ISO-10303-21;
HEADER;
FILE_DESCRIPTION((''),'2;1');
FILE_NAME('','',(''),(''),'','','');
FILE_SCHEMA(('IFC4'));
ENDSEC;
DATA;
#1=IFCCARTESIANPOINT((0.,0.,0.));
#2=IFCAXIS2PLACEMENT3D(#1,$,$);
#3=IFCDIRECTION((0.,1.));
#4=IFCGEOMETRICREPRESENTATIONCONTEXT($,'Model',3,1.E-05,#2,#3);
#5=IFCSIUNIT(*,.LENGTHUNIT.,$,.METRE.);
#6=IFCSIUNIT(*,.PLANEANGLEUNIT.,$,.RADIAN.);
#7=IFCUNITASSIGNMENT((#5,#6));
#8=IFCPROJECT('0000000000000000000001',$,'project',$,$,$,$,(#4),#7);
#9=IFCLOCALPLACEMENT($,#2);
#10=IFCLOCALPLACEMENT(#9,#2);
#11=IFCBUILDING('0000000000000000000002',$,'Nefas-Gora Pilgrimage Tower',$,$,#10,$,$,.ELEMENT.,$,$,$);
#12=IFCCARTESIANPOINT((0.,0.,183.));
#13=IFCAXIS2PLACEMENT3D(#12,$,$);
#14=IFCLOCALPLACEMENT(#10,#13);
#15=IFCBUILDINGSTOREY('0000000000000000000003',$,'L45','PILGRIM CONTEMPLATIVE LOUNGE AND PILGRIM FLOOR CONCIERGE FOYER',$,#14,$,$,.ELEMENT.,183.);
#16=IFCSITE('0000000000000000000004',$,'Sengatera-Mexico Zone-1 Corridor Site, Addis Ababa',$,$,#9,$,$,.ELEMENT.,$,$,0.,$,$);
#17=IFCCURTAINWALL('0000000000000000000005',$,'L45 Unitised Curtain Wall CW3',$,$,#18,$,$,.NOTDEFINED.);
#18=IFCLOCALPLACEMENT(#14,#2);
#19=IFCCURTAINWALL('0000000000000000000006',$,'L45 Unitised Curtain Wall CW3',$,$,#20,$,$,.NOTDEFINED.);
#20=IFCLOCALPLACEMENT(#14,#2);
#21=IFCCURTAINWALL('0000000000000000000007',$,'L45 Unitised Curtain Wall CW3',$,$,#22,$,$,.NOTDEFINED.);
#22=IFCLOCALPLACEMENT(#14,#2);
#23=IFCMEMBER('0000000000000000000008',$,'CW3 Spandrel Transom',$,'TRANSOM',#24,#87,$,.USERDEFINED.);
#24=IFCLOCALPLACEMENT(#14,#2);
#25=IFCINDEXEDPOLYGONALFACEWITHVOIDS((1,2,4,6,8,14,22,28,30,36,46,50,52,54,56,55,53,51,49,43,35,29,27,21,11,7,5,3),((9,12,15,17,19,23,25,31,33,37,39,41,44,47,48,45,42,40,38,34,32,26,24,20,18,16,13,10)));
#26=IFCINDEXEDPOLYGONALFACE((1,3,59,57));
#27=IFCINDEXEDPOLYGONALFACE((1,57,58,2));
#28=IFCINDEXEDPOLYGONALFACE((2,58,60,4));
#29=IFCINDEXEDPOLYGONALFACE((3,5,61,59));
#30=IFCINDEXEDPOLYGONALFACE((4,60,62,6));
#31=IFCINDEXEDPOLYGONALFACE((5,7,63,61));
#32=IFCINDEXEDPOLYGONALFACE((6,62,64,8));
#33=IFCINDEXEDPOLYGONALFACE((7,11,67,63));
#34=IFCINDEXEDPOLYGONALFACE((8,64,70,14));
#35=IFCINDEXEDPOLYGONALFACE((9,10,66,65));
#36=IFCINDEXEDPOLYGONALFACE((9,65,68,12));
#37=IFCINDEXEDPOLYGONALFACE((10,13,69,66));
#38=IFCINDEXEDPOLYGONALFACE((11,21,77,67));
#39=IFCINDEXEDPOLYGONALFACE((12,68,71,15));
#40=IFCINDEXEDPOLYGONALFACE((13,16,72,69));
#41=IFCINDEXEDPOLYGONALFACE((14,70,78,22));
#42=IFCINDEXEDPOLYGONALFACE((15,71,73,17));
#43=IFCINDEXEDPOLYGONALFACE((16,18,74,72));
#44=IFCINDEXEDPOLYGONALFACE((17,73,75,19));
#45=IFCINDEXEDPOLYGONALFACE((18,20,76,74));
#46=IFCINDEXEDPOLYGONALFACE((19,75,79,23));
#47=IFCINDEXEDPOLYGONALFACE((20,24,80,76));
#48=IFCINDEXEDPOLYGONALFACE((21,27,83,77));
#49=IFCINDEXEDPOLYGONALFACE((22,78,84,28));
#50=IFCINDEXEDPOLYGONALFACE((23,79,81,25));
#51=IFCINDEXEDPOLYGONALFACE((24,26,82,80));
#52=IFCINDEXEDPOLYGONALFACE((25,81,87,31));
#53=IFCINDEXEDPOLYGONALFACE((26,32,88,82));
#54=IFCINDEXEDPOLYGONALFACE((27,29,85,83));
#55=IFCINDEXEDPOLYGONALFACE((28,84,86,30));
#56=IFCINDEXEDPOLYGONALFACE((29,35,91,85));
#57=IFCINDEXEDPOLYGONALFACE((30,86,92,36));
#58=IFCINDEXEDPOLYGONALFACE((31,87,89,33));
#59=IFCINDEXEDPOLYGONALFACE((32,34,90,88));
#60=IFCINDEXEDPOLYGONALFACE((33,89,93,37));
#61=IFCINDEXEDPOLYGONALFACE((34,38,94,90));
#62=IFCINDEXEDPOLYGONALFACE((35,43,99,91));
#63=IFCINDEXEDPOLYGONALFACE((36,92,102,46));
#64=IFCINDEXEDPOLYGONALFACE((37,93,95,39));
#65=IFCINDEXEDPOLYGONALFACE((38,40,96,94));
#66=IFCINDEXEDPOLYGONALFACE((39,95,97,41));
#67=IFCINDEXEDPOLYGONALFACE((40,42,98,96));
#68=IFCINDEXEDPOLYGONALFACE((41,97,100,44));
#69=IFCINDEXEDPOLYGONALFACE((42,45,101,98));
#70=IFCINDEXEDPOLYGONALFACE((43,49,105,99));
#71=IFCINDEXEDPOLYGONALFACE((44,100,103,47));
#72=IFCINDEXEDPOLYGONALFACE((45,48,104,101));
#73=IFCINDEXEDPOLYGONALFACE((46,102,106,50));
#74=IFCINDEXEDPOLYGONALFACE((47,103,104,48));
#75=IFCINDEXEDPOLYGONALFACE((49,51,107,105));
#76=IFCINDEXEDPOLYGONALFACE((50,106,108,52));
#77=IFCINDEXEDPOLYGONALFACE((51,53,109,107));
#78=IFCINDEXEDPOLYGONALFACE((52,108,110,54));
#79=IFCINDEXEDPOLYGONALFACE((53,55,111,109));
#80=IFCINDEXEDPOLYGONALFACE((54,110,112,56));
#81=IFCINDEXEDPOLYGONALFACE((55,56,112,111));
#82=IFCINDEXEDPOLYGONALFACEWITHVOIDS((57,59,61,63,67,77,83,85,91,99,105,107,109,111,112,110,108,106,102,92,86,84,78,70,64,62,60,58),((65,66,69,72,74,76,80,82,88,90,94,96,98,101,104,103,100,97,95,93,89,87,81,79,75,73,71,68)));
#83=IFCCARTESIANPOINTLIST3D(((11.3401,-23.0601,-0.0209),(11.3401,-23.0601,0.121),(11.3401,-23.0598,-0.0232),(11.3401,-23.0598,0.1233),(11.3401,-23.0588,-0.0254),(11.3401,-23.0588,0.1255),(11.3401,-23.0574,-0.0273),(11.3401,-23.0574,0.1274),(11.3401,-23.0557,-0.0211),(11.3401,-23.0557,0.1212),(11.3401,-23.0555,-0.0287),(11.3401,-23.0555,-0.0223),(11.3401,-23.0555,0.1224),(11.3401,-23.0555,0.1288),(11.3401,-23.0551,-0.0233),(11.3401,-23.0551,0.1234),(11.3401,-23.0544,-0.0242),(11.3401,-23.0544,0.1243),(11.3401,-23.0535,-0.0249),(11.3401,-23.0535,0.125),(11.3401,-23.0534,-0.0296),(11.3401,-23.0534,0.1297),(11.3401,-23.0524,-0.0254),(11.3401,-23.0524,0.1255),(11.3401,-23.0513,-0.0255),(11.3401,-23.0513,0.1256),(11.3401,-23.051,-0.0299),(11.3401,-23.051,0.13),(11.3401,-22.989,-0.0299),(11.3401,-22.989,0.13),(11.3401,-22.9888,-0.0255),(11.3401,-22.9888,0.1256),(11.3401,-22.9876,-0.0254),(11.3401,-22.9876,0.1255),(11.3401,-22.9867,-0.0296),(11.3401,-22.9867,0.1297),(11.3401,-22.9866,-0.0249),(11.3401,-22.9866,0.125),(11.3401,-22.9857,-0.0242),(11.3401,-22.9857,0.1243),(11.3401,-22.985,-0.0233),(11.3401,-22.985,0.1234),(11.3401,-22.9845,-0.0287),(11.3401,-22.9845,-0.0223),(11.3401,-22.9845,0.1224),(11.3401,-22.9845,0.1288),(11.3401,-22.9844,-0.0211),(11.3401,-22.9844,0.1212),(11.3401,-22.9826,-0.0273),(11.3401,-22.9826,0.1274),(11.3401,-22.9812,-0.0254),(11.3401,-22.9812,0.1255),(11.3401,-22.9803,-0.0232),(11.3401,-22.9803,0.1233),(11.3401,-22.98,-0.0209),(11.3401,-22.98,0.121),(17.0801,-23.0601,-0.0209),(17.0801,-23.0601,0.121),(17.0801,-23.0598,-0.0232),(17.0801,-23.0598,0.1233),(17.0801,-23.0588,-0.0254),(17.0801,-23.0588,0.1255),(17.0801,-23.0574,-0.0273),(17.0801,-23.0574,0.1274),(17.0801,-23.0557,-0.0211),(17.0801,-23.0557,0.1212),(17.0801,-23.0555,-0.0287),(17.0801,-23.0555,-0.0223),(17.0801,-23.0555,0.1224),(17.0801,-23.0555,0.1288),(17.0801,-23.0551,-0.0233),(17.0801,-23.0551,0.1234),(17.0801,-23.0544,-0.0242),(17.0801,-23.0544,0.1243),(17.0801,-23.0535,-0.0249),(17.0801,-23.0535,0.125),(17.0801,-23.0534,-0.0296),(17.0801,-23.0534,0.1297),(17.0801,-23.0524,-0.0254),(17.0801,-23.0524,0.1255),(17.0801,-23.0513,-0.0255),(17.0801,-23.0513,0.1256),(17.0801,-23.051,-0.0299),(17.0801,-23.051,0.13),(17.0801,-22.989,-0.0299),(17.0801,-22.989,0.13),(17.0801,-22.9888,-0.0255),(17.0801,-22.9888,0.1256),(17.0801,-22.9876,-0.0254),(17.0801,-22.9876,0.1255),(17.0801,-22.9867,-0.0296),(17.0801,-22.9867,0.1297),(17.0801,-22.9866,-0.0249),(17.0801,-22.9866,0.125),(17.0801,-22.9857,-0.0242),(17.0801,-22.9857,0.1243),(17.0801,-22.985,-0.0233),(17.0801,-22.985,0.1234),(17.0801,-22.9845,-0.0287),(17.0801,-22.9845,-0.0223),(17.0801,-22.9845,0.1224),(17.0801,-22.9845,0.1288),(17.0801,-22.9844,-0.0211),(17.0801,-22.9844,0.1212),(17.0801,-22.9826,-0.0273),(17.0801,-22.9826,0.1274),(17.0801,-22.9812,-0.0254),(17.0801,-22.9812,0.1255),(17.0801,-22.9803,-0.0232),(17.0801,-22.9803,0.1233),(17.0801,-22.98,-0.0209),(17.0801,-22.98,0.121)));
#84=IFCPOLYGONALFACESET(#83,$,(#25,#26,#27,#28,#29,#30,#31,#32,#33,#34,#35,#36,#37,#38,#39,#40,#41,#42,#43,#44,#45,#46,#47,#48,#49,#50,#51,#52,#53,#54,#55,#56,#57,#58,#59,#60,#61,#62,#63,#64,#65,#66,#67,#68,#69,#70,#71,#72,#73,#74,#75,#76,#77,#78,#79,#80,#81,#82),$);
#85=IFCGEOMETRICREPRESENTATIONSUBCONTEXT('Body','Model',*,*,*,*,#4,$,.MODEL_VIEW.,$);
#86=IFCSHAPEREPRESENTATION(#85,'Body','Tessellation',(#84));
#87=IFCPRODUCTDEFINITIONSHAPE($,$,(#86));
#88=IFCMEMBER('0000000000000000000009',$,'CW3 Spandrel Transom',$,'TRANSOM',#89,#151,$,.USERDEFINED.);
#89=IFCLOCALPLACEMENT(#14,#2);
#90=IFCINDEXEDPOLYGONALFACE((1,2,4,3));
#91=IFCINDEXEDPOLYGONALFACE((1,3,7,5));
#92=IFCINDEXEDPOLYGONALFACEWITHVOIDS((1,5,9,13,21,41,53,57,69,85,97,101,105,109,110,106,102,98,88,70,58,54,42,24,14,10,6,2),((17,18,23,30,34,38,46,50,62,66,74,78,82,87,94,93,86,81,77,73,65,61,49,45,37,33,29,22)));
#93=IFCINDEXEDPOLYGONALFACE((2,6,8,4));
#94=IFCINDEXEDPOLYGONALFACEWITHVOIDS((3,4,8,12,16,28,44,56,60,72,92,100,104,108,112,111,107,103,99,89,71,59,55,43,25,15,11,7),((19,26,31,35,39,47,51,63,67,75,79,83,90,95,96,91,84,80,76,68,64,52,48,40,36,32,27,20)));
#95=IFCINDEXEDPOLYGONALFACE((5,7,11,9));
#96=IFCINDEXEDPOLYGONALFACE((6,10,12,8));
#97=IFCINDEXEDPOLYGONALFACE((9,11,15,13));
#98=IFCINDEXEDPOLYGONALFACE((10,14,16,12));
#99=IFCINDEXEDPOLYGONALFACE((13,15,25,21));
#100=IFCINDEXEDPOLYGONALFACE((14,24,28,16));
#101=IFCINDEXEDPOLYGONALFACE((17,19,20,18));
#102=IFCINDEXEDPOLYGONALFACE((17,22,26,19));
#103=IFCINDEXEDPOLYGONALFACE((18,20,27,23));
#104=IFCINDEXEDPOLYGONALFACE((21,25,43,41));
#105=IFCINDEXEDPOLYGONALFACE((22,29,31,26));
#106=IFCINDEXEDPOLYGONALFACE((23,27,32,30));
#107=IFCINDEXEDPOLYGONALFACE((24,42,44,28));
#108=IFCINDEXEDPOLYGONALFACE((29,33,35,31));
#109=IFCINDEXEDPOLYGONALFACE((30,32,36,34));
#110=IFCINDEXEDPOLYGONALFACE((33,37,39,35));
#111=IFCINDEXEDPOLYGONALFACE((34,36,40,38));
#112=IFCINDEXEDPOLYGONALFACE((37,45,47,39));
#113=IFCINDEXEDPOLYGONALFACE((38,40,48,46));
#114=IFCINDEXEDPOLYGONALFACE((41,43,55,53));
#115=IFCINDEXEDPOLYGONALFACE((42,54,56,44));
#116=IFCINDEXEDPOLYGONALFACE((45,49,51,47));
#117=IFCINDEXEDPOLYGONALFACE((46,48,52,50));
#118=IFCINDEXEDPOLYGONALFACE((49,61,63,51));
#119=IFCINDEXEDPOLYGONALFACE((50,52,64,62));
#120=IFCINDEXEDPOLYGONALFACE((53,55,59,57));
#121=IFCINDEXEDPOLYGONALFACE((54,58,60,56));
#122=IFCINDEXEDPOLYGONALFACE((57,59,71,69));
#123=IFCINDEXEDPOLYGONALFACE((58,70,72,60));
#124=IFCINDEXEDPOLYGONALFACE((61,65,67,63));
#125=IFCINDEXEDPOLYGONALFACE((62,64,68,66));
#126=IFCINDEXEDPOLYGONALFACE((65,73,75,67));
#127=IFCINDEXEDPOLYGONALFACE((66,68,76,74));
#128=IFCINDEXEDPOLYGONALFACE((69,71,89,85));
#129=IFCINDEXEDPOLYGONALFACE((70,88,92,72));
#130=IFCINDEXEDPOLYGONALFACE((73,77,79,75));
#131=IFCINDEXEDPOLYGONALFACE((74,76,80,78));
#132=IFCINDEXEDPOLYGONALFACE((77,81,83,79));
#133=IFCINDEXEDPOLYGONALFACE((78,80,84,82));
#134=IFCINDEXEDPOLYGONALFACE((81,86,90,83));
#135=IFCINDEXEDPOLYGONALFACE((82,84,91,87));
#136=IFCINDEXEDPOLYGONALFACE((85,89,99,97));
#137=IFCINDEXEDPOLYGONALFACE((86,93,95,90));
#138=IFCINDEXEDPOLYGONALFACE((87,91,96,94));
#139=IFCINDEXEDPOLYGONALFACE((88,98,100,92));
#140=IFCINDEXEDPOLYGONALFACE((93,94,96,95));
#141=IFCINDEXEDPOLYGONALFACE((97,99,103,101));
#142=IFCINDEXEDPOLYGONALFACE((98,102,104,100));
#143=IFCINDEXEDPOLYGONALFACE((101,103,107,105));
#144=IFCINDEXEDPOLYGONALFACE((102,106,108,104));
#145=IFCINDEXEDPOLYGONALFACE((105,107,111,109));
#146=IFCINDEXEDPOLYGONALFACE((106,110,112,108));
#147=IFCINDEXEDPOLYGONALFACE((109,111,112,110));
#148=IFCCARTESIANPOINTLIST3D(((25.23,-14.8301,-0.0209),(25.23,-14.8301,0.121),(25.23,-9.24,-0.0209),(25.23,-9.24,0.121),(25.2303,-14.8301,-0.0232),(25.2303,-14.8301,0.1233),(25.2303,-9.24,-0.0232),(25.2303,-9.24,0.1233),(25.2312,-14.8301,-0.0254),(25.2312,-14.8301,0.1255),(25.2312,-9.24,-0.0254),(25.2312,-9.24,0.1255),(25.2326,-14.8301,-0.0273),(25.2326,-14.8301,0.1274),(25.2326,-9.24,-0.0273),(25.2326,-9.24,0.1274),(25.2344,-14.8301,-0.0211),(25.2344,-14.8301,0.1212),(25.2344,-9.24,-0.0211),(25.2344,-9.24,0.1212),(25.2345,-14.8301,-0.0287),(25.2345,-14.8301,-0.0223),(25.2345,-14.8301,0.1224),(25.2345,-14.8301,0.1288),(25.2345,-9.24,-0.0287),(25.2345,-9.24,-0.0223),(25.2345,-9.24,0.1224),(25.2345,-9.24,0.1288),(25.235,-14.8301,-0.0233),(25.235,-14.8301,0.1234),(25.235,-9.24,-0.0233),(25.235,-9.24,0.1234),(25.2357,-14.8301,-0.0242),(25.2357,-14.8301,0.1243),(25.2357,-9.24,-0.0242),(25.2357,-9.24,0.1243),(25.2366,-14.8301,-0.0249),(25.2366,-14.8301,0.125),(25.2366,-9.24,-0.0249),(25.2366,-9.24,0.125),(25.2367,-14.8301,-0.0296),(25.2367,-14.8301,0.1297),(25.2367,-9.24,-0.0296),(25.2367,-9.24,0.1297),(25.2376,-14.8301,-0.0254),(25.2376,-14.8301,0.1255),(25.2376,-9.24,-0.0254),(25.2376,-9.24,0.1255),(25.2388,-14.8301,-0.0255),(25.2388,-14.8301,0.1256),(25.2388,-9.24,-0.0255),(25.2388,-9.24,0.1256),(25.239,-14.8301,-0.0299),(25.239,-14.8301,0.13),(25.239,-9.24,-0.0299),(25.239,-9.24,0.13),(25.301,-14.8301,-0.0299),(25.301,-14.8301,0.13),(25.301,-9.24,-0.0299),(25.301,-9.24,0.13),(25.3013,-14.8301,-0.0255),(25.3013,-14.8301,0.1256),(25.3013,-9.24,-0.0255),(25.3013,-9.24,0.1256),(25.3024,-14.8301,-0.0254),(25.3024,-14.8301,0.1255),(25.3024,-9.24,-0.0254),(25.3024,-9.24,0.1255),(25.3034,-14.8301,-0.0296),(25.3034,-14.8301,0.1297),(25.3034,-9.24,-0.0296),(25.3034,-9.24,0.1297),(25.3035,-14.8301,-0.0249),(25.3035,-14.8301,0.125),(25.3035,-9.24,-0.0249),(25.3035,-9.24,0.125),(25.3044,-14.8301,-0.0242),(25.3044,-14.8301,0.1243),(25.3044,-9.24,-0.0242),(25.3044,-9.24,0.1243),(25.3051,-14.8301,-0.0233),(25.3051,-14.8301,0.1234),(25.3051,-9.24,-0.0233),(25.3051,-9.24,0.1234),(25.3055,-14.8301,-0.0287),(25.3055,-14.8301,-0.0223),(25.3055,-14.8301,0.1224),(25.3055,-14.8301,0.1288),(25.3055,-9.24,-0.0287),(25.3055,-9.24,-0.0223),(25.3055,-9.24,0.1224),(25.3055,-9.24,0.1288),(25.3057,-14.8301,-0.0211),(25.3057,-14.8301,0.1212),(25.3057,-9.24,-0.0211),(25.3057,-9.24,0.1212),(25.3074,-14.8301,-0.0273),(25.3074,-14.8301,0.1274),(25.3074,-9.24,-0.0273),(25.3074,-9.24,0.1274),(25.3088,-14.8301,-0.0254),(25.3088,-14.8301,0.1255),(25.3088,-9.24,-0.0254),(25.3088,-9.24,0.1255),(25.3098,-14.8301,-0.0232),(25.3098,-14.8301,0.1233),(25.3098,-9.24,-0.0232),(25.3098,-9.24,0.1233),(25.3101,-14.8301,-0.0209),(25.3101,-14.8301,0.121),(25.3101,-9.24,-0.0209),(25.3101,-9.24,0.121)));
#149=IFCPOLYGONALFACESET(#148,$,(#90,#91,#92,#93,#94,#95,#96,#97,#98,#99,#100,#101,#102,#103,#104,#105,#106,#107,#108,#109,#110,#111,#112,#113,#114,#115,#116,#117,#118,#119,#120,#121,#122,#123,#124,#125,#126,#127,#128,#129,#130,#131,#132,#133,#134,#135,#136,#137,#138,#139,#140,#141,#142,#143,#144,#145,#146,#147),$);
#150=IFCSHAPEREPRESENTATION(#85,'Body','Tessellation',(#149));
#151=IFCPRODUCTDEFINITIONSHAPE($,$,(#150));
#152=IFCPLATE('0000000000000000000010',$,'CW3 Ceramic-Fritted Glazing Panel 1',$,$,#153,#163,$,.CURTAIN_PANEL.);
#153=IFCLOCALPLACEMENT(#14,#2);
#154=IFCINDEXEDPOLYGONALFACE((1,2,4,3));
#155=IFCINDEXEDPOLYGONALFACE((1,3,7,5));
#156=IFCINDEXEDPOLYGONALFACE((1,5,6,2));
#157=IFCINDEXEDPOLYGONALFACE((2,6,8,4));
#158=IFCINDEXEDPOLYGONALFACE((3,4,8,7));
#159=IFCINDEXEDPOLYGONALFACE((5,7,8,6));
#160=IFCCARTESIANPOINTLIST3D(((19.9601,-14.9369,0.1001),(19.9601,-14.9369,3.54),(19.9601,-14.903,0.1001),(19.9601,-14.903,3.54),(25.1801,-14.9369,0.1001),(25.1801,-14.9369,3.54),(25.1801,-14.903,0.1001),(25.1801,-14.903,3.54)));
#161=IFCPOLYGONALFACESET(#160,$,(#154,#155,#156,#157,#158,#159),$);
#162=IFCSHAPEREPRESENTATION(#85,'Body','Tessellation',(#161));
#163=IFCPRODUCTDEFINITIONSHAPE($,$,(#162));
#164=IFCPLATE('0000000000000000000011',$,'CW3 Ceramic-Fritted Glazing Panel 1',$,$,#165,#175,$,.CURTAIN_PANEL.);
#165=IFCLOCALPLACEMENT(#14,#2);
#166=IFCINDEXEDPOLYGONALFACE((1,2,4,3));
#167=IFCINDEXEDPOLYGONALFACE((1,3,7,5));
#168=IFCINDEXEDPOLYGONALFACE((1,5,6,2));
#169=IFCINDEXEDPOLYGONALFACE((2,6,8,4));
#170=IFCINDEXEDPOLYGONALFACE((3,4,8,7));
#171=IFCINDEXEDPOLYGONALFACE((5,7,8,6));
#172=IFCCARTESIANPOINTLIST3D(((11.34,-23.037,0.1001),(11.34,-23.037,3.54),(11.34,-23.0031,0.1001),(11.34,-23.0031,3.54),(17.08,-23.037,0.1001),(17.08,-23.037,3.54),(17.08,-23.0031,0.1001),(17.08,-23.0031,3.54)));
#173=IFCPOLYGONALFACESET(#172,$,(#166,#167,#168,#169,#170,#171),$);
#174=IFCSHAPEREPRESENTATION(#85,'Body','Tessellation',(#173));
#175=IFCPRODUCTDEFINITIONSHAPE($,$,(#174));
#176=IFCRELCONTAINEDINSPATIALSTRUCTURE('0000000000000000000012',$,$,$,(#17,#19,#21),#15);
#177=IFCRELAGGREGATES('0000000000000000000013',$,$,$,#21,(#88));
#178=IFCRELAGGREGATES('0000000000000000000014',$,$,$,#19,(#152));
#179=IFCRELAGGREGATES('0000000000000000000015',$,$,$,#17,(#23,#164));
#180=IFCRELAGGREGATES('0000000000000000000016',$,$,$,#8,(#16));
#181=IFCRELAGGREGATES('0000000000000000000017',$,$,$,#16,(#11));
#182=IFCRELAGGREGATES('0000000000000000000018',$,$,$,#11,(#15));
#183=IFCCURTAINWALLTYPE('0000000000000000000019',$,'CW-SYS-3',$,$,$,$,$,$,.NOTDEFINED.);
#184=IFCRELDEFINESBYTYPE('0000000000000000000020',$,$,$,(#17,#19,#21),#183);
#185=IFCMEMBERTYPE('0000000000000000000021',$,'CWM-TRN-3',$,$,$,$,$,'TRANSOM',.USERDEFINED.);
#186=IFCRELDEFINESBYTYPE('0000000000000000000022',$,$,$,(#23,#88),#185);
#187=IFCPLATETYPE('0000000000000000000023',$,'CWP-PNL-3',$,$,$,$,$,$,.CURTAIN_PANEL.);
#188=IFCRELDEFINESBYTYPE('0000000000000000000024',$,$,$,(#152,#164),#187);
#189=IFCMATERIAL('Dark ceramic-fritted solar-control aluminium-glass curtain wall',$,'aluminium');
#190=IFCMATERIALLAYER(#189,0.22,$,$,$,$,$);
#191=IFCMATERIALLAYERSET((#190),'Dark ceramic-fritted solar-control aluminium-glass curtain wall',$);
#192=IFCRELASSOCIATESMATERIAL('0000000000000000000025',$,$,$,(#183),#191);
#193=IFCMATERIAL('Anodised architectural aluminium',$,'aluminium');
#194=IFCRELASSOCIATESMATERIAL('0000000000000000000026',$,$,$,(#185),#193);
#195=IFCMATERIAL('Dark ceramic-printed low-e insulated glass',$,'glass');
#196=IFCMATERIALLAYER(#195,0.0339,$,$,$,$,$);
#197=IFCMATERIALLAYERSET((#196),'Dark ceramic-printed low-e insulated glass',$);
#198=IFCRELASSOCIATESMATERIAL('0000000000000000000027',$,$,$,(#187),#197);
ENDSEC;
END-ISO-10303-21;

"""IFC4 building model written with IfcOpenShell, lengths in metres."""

from ifc_helpers import new_model, si_unit, direction, frame, origin, origin_2d, place, context, subcontext, project, spatial, rectangle, hollow_rectangle, extrude, source, transform, mapped, material, layer, layer_set, material_profile, profile_set, type_object, element, aggregate, save


model = new_model("IFC4")

# Units and contexts
model_context = context("Model", 3, precision=1e-05, world=origin(), true_north=direction((0.0, 1.0)))
body_context = subcontext(model_context, "Body", "Model", "MODEL_VIEW")
ifc_project = project(units=[si_unit("LENGTHUNIT", "METRE"), si_unit("PLANEANGLEUNIT", "RADIAN")], contexts=[model_context])

# Site, building, storey
site_placement = place(None, origin())
site = spatial("IfcSite", under=ifc_project, at=site_placement, Name="Sengatera-Mexico Zone-1 Corridor Site, Addis Ababa", CompositionType="ELEMENT", RefElevation=0.0)
building_placement = place(site_placement, origin())
building = spatial("IfcBuilding", under=site, at=building_placement, Name="Nefas-Gora Pilgrimage Tower", CompositionType="ELEMENT")
storey_placement = place(building_placement, frame((0.0, 0.0, 183.0)))
storey = spatial("IfcBuildingStorey", under=building, at=storey_placement, Name="L45", Description="PILGRIM CONTEMPLATIVE LOUNGE AND PILGRIM FLOOR CONCIERGE FOYER", CompositionType="ELEMENT", Elevation=183.0)

# Curtain walls
ifc_material_1 = material(Name="Dark ceramic-fritted solar-control aluminium-glass curtain wall", Category="aluminium")
ifc_layer_1 = layer(ifc_material_1, 0.22)
ifc_layer_set_1 = layer_set([ifc_layer_1], Name="Dark ceramic-fritted solar-control aluminium-glass curtain wall")
curtain_wall_type = type_object("IfcCurtainWallType", Name="CW-SYS-3", PredefinedType="NOTDEFINED", material=ifc_layer_set_1)
curtain_wall_1_placement = place(storey_placement, origin())
curtain_wall_1 = element("IfcCurtainWall", 1, at=curtain_wall_1_placement, inside=storey, type_object=curtain_wall_type, Name="L45 Unitised Curtain Wall CW3", PredefinedType="NOTDEFINED")
ifc_material_2 = material(Name="Anodised architectural aluminium", Category="aluminium")
curtain_wall_2_placement = place(storey_placement, origin())
curtain_wall_2 = element("IfcCurtainWall", 2, at=curtain_wall_2_placement, inside=storey, type_object=curtain_wall_type, Name="L45 Unitised Curtain Wall CW3", PredefinedType="NOTDEFINED")

# Curtain wall
curtain_wall_3_placement = place(storey_placement, origin())
curtain_wall_3 = element("IfcCurtainWall", 3, at=curtain_wall_3_placement, inside=storey, type_object=curtain_wall_type, Name="L45 Unitised Curtain Wall CW3", PredefinedType="NOTDEFINED")

# Members
ifc_material_profile_1 = material_profile(ifc_material_2, hollow_rectangle(XDim=0.0801, YDim=0.1599, WallThickness=0.0044, InnerFilletRadius=0.0044, OuterFilletRadius=0.009, at=origin_2d()), Name="ALU TRANSOM 80x160")
ifc_profile_set_1 = profile_set([ifc_material_profile_1], Name="Anodised architectural aluminium")
member_type_1 = type_object("IfcMemberType", Name="CWM-TRN-3", ElementType="TRANSOM", PredefinedType="USERDEFINED", material=ifc_profile_set_1)
shared_shape_1 = source(origin(), body_context, "Body", "SweptSolid", [
    extrude(hollow_rectangle(XDim=0.0801, YDim=0.1599, WallThickness=0.0044, InnerFilletRadius=0.0044, OuterFilletRadius=0.009, at=origin_2d()), origin(), (0.0, 0.0, 1.0), 5.74),
])
member_1_placement = place(storey_placement, frame((11.3401, -23.02, 0.05), z_axis=(1.0, 0.0, 0.0), x_axis=(0.0, 1.0, 0.0)))
member_1 = element("IfcMember", 4, at=member_1_placement, type_object=member_type_1, Name="CW3 Spandrel Transom", ObjectType="TRANSOM", PredefinedType="USERDEFINED", context=body_context, shape_type="MappedRepresentation", body=[
    mapped(shared_shape_1, transform((0.0, 0.0, 0.0), x_axis=(1.0, 0.0, 0.0), y_axis=(0.0, 1.0, 0.0), z_axis=(0.0, 0.0, 1.0), scale=1.0)),
])
shared_shape_2 = source(origin(), body_context, "Body", "SweptSolid", [
    extrude(hollow_rectangle(XDim=0.0801, YDim=0.1599, WallThickness=0.0044, InnerFilletRadius=0.0044, OuterFilletRadius=0.009, at=origin_2d()), origin(), (0.0, 0.0, 1.0), 5.5901),
])
member_2_placement = place(storey_placement, frame((25.27, -14.8301, 0.05), z_axis=(0.0, 1.0, 0.0), x_axis=(-1.0, 0.0, 0.0)))
member_2 = element("IfcMember", 5, at=member_2_placement, type_object=member_type_1, Name="CW3 Spandrel Transom", ObjectType="TRANSOM", PredefinedType="USERDEFINED", context=body_context, shape_type="MappedRepresentation", body=[
    mapped(shared_shape_2, transform((0.0, 0.0, 0.0), x_axis=(1.0, 0.0, 0.0), y_axis=(0.0, 1.0, 0.0), z_axis=(0.0, 0.0, 1.0), scale=1.0)),
])
aggregate(curtain_wall_3, [member_2])

# Plates
ifc_material_3 = material(Name="Dark ceramic-printed low-e insulated glass", Category="glass")
ifc_layer_2 = layer(ifc_material_3, 0.0339)
ifc_layer_set_2 = layer_set([ifc_layer_2], Name="Dark ceramic-printed low-e insulated glass")
plate_type = type_object("IfcPlateType", Name="CWP-PNL-3", PredefinedType="CURTAIN_PANEL", material=ifc_layer_set_2)
shared_shape_3 = source(origin(), body_context, "Body", "SweptSolid", [
    extrude(rectangle(XDim=5.22, YDim=0.0339, at=origin_2d()), origin(), (0.0, 0.0, 1.0), 3.4399),
])
plate_1_placement = place(storey_placement, frame((22.5701, -14.9199, 0.1001), z_axis=(0.0, 0.0, 1.0), x_axis=(1.0, 0.0, 0.0)))
plate_1 = element("IfcPlate", 6, at=plate_1_placement, type_object=plate_type, Name="CW3 Ceramic-Fritted Glazing Panel 1", PredefinedType="CURTAIN_PANEL", context=body_context, shape_type="MappedRepresentation", body=[
    mapped(shared_shape_3, transform((0.0, 0.0, 0.0), x_axis=(1.0, 0.0, 0.0), y_axis=(0.0, 1.0, 0.0), z_axis=(0.0, 0.0, 1.0), scale=1.0)),
])
aggregate(curtain_wall_2, [plate_1])
shared_shape_4 = source(origin(), body_context, "Body", "SweptSolid", [
    extrude(rectangle(XDim=5.74, YDim=0.0339, at=origin_2d()), origin(), (0.0, 0.0, 1.0), 3.4399),
])
plate_2_placement = place(storey_placement, frame((14.21, -23.02, 0.1001), z_axis=(0.0, 0.0, 1.0), x_axis=(1.0, 0.0, 0.0)))
plate_2 = element("IfcPlate", 7, at=plate_2_placement, type_object=plate_type, Name="CW3 Ceramic-Fritted Glazing Panel 1", PredefinedType="CURTAIN_PANEL", context=body_context, shape_type="MappedRepresentation", body=[
    mapped(shared_shape_4, transform((0.0, 0.0, 0.0), x_axis=(1.0, 0.0, 0.0), y_axis=(0.0, 1.0, 0.0), z_axis=(0.0, 0.0, 1.0), scale=1.0)),
])
aggregate(curtain_wall_1, [member_1, plate_2])

save(model, "model.ifc")
